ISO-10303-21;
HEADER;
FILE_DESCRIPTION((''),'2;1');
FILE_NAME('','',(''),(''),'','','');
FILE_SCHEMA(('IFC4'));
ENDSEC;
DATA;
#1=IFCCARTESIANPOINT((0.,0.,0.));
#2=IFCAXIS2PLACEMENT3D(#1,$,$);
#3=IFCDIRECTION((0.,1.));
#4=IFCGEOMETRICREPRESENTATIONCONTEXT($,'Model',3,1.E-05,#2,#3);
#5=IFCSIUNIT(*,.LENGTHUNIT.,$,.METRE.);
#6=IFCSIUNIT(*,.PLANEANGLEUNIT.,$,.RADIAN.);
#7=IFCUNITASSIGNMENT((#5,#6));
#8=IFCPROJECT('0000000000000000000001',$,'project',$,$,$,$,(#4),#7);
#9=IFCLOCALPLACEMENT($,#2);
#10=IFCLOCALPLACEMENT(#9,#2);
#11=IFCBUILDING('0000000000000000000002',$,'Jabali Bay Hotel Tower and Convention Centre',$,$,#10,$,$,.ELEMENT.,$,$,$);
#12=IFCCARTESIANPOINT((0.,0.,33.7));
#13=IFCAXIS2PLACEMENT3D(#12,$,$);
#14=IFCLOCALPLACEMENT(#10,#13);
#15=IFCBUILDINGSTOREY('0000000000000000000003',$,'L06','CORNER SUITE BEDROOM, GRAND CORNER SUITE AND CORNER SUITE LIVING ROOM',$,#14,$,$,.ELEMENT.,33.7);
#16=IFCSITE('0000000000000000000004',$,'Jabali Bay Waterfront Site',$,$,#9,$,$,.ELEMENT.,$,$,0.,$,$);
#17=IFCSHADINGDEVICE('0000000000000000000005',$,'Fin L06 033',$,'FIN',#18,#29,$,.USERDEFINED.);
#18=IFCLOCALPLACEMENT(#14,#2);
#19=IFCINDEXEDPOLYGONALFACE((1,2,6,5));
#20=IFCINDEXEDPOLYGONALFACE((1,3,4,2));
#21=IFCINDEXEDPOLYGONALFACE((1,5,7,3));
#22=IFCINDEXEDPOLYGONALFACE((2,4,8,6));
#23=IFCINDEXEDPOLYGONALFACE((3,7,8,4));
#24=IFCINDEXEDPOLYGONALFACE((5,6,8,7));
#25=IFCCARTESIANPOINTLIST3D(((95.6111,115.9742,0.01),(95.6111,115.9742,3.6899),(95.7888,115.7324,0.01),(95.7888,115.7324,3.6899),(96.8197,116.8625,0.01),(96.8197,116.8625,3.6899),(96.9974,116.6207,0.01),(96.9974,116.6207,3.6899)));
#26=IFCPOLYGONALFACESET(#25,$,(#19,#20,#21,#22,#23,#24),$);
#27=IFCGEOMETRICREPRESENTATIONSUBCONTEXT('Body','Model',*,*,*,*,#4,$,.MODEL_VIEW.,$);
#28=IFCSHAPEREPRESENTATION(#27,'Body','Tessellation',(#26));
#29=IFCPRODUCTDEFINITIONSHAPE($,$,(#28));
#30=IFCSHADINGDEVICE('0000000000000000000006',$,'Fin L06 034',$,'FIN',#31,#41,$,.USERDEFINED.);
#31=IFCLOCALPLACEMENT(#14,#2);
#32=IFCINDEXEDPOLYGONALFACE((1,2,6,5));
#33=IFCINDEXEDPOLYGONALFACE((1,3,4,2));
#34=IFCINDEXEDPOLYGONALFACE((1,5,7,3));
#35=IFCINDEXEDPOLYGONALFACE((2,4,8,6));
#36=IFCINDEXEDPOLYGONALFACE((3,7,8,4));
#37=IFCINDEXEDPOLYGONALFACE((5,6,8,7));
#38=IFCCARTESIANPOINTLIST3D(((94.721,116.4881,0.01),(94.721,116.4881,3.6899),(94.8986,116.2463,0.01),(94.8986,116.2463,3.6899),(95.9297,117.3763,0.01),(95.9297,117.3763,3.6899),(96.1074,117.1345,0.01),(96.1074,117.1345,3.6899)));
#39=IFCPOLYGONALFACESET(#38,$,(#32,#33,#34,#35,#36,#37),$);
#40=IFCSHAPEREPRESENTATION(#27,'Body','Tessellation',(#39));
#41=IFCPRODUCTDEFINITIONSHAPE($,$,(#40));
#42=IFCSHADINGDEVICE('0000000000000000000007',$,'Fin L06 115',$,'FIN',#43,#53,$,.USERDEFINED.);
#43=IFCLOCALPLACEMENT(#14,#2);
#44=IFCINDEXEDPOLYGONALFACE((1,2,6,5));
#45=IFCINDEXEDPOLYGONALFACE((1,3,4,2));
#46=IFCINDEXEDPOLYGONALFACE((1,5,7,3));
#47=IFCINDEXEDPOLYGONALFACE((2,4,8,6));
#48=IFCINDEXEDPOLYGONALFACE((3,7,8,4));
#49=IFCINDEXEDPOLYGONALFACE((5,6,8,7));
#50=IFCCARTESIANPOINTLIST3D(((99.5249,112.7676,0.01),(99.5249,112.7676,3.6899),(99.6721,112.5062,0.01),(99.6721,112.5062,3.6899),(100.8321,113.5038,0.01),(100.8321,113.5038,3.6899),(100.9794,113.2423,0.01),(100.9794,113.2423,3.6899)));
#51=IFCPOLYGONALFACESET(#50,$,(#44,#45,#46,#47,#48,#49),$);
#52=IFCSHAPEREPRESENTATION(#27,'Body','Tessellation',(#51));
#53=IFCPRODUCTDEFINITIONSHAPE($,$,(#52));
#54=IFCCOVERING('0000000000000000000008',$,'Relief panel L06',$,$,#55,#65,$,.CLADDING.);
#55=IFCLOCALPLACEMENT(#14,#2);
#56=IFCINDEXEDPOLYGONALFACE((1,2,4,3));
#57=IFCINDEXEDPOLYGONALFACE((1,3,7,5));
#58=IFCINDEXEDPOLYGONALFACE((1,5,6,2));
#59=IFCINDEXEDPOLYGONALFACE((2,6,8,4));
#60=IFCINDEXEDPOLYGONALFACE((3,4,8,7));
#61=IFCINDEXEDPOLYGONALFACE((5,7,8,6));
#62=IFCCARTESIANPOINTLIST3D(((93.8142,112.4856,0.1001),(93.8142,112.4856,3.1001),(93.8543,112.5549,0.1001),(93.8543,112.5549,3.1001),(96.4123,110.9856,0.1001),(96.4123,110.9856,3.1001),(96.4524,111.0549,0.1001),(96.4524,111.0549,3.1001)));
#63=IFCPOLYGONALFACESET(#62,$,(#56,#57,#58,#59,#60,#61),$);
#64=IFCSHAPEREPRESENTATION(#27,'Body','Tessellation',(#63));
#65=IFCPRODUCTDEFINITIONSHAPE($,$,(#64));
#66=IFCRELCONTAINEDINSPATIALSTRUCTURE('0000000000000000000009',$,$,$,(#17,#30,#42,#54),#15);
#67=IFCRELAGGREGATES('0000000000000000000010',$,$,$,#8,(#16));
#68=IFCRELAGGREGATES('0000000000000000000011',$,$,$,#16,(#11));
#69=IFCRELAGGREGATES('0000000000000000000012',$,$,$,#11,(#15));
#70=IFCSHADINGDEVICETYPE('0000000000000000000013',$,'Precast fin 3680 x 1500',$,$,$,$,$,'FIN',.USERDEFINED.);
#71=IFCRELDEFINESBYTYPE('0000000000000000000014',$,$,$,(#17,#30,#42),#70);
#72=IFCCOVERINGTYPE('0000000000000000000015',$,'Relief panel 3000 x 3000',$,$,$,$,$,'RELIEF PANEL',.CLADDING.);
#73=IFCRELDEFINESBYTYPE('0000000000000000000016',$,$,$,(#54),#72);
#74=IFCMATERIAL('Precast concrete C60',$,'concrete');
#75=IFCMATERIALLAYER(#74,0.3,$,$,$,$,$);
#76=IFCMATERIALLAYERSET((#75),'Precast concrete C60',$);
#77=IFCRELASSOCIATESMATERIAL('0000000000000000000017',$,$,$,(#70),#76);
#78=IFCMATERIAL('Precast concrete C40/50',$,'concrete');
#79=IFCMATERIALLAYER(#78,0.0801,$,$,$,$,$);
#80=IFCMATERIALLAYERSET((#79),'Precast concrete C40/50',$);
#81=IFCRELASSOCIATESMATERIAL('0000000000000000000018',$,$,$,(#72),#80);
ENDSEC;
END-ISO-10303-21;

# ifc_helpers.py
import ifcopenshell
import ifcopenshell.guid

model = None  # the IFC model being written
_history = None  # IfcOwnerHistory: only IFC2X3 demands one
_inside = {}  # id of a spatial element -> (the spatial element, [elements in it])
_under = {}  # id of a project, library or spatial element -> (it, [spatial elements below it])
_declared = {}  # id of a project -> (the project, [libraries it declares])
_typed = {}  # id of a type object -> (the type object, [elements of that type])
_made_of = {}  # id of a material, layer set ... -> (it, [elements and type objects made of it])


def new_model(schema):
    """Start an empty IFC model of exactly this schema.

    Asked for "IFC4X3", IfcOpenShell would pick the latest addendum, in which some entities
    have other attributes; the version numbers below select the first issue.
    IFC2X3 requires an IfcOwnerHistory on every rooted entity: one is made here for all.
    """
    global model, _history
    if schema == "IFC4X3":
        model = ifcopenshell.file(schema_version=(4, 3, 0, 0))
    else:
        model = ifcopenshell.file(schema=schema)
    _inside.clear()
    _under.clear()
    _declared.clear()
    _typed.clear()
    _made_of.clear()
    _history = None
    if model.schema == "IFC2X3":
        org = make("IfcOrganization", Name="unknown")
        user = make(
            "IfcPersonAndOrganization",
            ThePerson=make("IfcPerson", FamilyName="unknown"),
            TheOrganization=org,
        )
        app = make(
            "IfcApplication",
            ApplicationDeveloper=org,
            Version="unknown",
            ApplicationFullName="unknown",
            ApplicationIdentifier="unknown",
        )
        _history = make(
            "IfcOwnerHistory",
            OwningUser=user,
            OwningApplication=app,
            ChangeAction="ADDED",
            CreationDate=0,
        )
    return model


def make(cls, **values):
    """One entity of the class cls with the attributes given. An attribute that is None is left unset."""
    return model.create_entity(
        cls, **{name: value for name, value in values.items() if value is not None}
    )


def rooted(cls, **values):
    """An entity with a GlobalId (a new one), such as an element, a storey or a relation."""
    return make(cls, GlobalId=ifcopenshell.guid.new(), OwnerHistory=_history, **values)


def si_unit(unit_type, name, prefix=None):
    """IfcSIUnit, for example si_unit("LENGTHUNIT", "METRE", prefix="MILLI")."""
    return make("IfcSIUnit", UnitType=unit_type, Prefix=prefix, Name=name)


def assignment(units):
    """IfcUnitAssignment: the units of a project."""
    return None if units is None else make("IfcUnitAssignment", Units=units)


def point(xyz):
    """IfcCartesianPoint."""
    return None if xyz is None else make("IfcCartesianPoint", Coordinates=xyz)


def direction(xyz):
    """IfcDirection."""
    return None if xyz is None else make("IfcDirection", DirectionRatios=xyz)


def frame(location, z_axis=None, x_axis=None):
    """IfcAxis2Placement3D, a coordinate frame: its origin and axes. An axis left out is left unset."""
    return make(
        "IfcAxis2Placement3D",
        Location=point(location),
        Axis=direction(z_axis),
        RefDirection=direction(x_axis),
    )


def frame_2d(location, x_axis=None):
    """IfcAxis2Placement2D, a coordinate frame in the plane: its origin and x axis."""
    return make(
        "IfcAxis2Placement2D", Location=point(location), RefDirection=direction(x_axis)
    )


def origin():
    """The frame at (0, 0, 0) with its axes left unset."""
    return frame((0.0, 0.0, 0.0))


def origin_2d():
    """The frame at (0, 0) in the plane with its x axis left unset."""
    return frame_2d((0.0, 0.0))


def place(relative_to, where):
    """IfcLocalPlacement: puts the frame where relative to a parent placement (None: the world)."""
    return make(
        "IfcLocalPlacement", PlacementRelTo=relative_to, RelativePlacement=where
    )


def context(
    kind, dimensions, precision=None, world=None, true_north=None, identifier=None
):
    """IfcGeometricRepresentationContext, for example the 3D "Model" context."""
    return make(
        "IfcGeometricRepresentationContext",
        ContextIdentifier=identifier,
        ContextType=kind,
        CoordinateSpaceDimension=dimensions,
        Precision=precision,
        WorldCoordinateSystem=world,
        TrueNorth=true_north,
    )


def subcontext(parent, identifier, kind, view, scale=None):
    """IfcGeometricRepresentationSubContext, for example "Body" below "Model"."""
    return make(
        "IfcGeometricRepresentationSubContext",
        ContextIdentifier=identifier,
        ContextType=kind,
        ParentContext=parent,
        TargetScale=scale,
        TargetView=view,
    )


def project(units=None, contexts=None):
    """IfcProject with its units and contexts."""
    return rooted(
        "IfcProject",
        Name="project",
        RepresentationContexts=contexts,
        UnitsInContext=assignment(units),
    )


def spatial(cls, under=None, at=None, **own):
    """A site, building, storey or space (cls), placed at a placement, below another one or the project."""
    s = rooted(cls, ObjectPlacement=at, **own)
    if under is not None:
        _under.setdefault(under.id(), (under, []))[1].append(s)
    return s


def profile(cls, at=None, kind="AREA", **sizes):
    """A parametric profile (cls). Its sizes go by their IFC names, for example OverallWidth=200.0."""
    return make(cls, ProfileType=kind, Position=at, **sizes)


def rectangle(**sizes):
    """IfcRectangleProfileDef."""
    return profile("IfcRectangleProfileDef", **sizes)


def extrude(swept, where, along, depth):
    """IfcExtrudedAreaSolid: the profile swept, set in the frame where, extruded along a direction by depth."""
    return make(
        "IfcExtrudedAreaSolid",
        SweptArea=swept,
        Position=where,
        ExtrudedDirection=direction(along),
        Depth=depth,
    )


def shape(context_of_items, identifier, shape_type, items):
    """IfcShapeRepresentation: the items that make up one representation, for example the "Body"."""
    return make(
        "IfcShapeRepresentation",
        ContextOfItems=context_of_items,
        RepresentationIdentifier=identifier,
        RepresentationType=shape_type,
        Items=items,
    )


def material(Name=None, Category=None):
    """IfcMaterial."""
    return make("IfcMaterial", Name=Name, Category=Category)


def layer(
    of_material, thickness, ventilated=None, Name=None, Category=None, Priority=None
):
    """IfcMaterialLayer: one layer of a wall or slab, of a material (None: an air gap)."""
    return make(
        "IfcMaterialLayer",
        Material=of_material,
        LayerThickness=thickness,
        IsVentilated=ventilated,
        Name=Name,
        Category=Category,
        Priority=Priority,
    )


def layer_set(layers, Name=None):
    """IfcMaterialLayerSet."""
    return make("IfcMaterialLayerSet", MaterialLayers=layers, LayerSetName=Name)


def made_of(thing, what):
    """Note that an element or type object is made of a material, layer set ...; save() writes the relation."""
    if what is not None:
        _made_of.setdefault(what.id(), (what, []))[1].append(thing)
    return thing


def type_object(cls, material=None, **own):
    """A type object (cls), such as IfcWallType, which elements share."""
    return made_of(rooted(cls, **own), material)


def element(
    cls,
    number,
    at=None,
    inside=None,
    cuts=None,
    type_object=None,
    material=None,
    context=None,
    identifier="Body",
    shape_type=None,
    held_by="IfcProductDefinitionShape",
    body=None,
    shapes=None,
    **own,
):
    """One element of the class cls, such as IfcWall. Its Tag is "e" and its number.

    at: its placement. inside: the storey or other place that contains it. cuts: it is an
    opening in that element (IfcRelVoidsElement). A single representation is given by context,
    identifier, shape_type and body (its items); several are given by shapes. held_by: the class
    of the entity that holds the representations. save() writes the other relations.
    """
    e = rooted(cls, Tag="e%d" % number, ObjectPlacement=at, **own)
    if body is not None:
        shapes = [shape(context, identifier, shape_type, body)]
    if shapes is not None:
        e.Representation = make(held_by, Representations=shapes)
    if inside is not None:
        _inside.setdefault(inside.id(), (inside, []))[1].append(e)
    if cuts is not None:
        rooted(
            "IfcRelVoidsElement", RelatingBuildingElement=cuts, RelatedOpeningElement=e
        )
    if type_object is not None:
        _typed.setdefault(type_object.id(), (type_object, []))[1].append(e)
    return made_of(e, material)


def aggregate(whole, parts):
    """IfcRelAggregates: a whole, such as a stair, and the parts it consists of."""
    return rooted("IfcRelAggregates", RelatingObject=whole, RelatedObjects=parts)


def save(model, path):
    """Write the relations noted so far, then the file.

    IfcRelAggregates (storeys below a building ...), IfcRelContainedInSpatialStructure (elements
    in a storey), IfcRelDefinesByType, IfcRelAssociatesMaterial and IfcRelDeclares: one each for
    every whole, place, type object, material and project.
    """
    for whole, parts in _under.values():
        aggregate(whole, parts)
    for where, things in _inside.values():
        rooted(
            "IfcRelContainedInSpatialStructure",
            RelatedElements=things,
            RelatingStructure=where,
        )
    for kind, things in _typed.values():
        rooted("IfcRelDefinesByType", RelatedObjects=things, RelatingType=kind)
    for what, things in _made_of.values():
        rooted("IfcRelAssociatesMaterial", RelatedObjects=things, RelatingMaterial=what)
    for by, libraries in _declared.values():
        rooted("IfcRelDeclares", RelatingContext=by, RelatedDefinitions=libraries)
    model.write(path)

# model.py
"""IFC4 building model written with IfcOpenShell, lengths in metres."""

from ifc_helpers import new_model, si_unit, direction, frame, frame_2d, origin, origin_2d, place, context, subcontext, project, spatial, rectangle, extrude, material, layer, layer_set, type_object, element, save


model = new_model("IFC4")

# Units and contexts
model_context = context("Model", 3, precision=1e-05, world=origin(), true_north=direction((0.0, 1.0)))
body_context = subcontext(model_context, "Body", "Model", "MODEL_VIEW")
ifc_project = project(units=[si_unit("LENGTHUNIT", "METRE"), si_unit("PLANEANGLEUNIT", "RADIAN")], contexts=[model_context])

# Site, building, storey
site_placement = place(None, origin())
site = spatial("IfcSite", under=ifc_project, at=site_placement, Name="Jabali Bay Waterfront Site", CompositionType="ELEMENT", RefElevation=0.0)
building_placement = place(site_placement, origin())
building = spatial("IfcBuilding", under=site, at=building_placement, Name="Jabali Bay Hotel Tower and Convention Centre", CompositionType="ELEMENT")
storey_placement = place(building_placement, frame((0.0, 0.0, 33.7)))
storey = spatial("IfcBuildingStorey", under=building, at=storey_placement, Name="L06", Description="CORNER SUITE BEDROOM, GRAND CORNER SUITE AND CORNER SUITE LIVING ROOM", CompositionType="ELEMENT", Elevation=33.7)

# Shading devices
ifc_material_1 = material(Name="Precast concrete C60", Category="concrete")
ifc_layer_1 = layer(ifc_material_1, 0.3)
ifc_layer_set_1 = layer_set([ifc_layer_1], Name="Precast concrete C60")
shading_device_type = type_object("IfcShadingDeviceType", Name="Precast fin 3680 x 1500", ElementType="FIN", PredefinedType="USERDEFINED", material=ifc_layer_set_1)
for number, where, z_axis, x_axis, name in (
    (1, (95.7, 115.8533, 0.01), (0.0, 0.0, 1.0), (0.805763, 0.592238, 0.0), "Fin L06 033"),
    (2, (94.8098, 116.3672, 0.01), (0.0, 0.0, 1.0), (0.805841, 0.592133, 0.0), "Fin L06 034"),
):
    element("IfcShadingDevice", number, at=place(storey_placement, frame(where, z_axis=z_axis, x_axis=x_axis)), inside=storey, type_object=shading_device_type, Name=name, ObjectType="FIN", PredefinedType="USERDEFINED", context=body_context, shape_type="SweptSolid", body=[
        extrude(rectangle(XDim=1.5, YDim=0.3, at=frame_2d((0.75, 0.0))), origin(), (0.0, 0.0, 1.0), 3.6799),
    ])
shading_device_1_placement = place(storey_placement, frame((99.5986, 112.637, 0.01), z_axis=(0.0, 0.0, 1.0), x_axis=(0.871341, 0.490678, 0.0)))
element("IfcShadingDevice", 3, at=shading_device_1_placement, inside=storey, type_object=shading_device_type, Name="Fin L06 115", ObjectType="FIN", PredefinedType="USERDEFINED", context=body_context, shape_type="SweptSolid", body=[
    extrude(rectangle(XDim=1.5002, YDim=0.3, at=frame_2d((0.75, 0.0))), origin(), (0.0, 0.0, 1.0), 3.6799),
])

# Covering
ifc_material_2 = material(Name="Precast concrete C40/50", Category="concrete")
ifc_layer_2 = layer(ifc_material_2, 0.0801)
ifc_layer_set_2 = layer_set([ifc_layer_2], Name="Precast concrete C40/50")
covering_type = type_object("IfcCoveringType", Name="Relief panel 3000 x 3000", ElementType="RELIEF PANEL", PredefinedType="CLADDING", material=ifc_layer_set_2)
covering_placement = place(storey_placement, frame((95.1333, 111.7703, 0.1001), z_axis=(0.0, 0.0, 1.0), x_axis=(0.866025, -0.5, 0.0)))
element("IfcCovering", 4, at=covering_placement, inside=storey, type_object=covering_type, Name="Relief panel L06", PredefinedType="CLADDING", context=body_context, shape_type="SweptSolid", body=[
    extrude(rectangle(XDim=3.0, YDim=0.0801, at=origin_2d()), origin(), (0.0, 0.0, 1.0), 3.0),
])

save(model, "model.ifc")
